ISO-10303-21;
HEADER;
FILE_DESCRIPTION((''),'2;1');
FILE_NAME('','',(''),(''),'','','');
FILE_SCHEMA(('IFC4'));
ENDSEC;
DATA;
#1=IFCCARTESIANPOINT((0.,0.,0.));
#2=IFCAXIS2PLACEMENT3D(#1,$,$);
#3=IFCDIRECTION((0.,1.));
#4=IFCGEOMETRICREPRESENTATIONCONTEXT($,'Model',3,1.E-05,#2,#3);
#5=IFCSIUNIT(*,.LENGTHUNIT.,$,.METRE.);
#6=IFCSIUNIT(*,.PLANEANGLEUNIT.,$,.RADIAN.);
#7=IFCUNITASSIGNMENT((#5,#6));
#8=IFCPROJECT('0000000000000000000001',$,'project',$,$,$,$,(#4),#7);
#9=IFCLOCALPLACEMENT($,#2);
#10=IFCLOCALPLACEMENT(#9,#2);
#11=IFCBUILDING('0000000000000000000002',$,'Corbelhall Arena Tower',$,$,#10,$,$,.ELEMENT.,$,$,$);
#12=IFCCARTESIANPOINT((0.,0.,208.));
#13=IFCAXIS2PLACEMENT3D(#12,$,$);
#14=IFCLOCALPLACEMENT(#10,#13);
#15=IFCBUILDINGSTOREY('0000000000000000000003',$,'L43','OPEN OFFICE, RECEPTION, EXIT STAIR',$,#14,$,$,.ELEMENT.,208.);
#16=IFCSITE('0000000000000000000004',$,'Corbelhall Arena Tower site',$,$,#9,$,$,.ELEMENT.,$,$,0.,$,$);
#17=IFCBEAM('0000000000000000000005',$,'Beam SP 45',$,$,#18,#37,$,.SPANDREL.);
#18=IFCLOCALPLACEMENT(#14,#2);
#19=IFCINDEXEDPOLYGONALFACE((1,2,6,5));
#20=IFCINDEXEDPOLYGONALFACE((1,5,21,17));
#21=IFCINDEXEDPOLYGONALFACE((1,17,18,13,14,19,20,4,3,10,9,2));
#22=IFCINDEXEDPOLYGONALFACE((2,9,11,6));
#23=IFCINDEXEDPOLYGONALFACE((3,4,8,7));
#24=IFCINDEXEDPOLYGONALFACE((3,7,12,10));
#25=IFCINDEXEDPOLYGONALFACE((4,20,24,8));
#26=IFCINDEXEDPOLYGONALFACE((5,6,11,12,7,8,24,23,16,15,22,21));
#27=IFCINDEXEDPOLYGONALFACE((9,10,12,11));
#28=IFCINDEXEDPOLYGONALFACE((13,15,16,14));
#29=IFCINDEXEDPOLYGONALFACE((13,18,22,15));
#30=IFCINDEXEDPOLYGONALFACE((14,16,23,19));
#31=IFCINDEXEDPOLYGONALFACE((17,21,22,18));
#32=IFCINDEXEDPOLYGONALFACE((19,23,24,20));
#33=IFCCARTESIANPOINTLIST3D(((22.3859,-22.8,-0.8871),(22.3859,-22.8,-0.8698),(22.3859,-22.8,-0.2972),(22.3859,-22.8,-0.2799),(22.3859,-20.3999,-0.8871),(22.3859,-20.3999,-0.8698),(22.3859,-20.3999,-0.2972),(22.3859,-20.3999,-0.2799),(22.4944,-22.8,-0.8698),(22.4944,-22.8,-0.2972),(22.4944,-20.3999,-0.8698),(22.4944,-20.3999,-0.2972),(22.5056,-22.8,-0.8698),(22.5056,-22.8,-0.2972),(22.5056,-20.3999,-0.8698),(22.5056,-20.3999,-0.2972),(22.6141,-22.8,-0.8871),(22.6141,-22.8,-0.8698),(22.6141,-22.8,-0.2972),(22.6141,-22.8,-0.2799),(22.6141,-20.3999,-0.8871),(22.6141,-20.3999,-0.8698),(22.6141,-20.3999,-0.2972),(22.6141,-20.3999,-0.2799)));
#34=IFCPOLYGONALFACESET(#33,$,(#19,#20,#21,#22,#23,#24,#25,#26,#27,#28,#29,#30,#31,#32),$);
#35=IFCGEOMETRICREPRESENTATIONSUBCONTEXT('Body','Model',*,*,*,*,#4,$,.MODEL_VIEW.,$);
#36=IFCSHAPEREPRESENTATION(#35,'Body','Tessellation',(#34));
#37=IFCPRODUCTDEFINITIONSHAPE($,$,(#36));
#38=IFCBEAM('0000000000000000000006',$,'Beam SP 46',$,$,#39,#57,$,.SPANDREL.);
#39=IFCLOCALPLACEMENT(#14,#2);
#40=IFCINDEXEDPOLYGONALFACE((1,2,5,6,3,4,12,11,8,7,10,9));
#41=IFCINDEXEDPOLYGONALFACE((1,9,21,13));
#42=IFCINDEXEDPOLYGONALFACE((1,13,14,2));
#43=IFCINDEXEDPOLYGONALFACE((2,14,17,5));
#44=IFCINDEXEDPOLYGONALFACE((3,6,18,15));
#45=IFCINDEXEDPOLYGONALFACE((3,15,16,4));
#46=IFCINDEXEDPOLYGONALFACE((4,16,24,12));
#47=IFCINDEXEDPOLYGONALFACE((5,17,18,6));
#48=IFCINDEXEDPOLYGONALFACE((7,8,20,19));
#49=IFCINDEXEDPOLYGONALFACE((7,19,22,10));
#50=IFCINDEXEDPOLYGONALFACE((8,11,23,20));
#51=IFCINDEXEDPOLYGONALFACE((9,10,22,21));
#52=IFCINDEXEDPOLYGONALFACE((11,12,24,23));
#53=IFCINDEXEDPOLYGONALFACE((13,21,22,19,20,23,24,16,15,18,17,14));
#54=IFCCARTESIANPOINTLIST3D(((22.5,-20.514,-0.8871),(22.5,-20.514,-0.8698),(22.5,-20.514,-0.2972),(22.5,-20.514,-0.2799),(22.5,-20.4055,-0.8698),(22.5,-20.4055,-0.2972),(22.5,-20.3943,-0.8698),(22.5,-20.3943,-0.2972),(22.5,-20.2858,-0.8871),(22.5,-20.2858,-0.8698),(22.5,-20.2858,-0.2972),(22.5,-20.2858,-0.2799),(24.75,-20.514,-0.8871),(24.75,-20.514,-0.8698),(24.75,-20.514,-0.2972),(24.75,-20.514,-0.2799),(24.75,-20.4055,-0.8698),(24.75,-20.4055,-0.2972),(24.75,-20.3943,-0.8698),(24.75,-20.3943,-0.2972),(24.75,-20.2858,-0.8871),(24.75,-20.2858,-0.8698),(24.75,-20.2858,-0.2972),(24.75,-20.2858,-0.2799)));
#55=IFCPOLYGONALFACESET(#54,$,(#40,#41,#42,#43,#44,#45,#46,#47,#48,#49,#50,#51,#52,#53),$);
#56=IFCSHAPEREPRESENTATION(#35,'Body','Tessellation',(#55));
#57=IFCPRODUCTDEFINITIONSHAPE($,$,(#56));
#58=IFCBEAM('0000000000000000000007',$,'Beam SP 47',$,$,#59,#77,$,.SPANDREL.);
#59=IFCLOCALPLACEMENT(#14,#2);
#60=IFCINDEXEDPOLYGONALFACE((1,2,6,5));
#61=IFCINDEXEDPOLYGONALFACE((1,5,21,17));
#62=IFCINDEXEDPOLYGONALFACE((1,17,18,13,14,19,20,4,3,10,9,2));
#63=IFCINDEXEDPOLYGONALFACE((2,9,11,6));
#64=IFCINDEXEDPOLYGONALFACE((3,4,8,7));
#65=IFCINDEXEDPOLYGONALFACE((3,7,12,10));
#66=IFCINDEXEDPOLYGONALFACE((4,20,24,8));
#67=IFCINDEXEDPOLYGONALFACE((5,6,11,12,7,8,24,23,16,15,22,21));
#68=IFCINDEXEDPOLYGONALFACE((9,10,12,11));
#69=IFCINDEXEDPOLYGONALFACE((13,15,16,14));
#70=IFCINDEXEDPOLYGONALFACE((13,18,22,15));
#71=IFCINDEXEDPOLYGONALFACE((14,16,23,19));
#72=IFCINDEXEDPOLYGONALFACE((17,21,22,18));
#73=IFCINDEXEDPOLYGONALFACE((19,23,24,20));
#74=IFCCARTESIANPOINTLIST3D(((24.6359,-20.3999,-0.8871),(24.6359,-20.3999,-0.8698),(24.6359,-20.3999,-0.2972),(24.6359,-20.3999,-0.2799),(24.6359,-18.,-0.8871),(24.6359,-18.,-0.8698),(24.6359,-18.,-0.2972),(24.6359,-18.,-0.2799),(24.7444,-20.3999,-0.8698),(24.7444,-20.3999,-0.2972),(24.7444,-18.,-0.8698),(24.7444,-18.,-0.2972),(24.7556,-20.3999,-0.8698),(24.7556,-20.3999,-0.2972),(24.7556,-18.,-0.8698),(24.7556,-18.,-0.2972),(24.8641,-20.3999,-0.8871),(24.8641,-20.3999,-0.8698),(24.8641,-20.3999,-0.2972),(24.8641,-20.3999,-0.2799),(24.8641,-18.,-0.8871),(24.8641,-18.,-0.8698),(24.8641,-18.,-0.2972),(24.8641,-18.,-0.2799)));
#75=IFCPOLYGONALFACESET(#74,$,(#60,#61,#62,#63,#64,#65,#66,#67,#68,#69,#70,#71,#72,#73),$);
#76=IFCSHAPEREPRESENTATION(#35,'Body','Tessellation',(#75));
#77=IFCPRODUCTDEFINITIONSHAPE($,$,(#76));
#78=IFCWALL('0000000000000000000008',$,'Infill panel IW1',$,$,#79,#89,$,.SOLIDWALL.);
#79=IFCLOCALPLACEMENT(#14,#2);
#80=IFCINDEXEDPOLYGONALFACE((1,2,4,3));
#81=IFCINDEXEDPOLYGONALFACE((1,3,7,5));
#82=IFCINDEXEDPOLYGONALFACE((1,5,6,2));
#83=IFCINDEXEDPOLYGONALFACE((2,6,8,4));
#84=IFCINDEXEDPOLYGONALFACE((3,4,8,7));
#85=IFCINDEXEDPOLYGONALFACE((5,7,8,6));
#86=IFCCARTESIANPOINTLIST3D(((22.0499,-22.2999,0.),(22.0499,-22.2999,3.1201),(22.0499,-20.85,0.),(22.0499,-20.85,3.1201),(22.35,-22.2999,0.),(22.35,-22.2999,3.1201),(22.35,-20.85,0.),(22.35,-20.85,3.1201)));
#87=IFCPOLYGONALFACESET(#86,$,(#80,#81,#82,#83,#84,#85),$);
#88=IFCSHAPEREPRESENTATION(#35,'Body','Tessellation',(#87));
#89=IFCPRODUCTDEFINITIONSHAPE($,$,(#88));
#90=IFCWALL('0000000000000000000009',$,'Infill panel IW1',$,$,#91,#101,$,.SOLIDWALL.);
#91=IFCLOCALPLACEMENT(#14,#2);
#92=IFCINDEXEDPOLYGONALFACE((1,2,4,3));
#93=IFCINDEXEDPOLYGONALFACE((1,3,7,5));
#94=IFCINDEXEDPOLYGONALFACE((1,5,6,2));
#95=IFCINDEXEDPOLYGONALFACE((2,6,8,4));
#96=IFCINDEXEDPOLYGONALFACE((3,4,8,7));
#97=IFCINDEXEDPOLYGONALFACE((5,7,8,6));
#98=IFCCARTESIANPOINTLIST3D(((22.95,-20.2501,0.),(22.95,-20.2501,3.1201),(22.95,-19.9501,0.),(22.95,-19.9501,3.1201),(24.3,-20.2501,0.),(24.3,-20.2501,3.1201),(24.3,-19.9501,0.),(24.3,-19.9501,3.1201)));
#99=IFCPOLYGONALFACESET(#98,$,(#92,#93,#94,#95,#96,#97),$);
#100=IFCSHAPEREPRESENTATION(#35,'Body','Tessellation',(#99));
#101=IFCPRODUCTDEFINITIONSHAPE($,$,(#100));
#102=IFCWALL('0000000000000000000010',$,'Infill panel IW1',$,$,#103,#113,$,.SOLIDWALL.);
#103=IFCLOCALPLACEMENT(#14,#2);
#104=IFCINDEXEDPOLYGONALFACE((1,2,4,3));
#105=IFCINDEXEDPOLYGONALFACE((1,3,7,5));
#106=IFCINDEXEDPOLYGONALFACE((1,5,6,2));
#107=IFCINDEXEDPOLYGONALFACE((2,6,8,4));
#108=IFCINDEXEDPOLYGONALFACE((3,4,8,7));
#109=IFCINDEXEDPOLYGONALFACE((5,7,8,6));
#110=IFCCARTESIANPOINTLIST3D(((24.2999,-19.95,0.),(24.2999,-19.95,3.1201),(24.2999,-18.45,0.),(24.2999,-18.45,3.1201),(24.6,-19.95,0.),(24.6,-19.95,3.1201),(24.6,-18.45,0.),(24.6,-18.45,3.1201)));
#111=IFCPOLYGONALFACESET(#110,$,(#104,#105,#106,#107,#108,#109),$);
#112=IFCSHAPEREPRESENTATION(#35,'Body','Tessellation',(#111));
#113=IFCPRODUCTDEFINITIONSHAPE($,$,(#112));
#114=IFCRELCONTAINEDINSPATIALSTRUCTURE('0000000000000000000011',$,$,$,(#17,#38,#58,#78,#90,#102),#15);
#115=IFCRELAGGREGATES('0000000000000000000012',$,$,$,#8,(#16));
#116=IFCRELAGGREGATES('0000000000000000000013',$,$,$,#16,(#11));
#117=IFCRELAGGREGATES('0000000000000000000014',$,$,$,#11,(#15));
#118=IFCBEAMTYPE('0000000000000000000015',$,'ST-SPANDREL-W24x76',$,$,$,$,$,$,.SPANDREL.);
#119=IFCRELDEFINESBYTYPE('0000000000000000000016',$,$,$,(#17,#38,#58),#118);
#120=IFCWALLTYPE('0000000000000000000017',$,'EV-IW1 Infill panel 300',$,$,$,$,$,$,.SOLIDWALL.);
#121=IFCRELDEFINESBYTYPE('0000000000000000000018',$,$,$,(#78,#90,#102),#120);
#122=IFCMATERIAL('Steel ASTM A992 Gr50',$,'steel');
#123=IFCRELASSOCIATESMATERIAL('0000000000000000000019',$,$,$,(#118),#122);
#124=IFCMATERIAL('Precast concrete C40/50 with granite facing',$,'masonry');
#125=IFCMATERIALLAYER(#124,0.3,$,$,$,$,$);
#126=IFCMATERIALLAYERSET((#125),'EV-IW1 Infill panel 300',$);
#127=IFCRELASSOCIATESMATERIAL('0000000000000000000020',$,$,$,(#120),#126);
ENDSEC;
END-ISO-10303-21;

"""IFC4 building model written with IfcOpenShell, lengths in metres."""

from ifc_helpers import new_model, si_unit, direction, frame, frame_2d, origin, origin_2d, place, context, subcontext, project, spatial, rectangle, i_section, extrude, material, layer, layer_set, material_profile, profile_set, type_object, element, save


model = new_model("IFC4")

# Units and contexts
model_context = context("Model", 3, precision=1e-05, world=origin(), true_north=direction((0.0, 1.0)))
body_context = subcontext(model_context, "Body", "Model", "MODEL_VIEW")
ifc_project = project(units=[si_unit("LENGTHUNIT", "METRE"), si_unit("PLANEANGLEUNIT", "RADIAN")], contexts=[model_context])

# Site, building, storey
site_placement = place(None, origin())
site = spatial("IfcSite", under=ifc_project, at=site_placement, Name="Corbelhall Arena Tower site", CompositionType="ELEMENT", RefElevation=0.0)
building_placement = place(site_placement, origin())
building = spatial("IfcBuilding", under=site, at=building_placement, Name="Corbelhall Arena Tower", CompositionType="ELEMENT")
storey_placement = place(building_placement, frame((0.0, 0.0, 208.0)))
storey = spatial("IfcBuildingStorey", under=building, at=storey_placement, Name="L43", Description="OPEN OFFICE, RECEPTION, EXIT STAIR", CompositionType="ELEMENT", Elevation=208.0)

# Beams
ifc_material_1 = material(Name="Steel ASTM A992 Gr50", Category="steel")
ifc_material_profile_1 = material_profile(ifc_material_1, i_section(OverallWidth=0.2283, OverallDepth=0.6072, WebThickness=0.0112, FlangeThickness=0.0173, at=origin_2d()))
ifc_profile_set_1 = profile_set([ifc_material_profile_1], Name="Steel ASTM A992 Gr50")
beam_type = type_object("IfcBeamType", Name="ST-SPANDREL-W24x76", PredefinedType="SPANDREL", material=ifc_profile_set_1)
beam_1_placement = place(storey_placement, frame((22.5, -20.3999, -0.5835), z_axis=(0.0, -1.0, 0.0), x_axis=(1.0, 0.0, 0.0)))
element("IfcBeam", 1, at=beam_1_placement, inside=storey, type_object=beam_type, Name="Beam SP 45", PredefinedType="SPANDREL", context=body_context, shape_type="SweptSolid", body=[
    extrude(i_section(OverallWidth=0.2283, OverallDepth=0.6072, WebThickness=0.0112, FlangeThickness=0.0173, at=origin_2d()), origin(), (0.0, 0.0, 1.0), 2.4001),
])
beam_2_placement = place(storey_placement, frame((24.75, -20.3999, -0.5835), z_axis=(-1.0, 0.0, 0.0), x_axis=(0.0, -1.0, 0.0)))
element("IfcBeam", 2, at=beam_2_placement, inside=storey, type_object=beam_type, Name="Beam SP 46", PredefinedType="SPANDREL", context=body_context, shape_type="SweptSolid", body=[
    extrude(i_section(OverallWidth=0.2283, OverallDepth=0.6072, WebThickness=0.0112, FlangeThickness=0.0173, at=origin_2d()), origin(), (0.0, 0.0, 1.0), 2.25),
])
beam_3_placement = place(storey_placement, frame((24.75, -18.0, -0.5835), z_axis=(0.0, -1.0, 0.0), x_axis=(1.0, 0.0, 0.0)))
element("IfcBeam", 3, at=beam_3_placement, inside=storey, type_object=beam_type, Name="Beam SP 47", PredefinedType="SPANDREL", context=body_context, shape_type="SweptSolid", body=[
    extrude(i_section(OverallWidth=0.2283, OverallDepth=0.6072, WebThickness=0.0112, FlangeThickness=0.0173, at=origin_2d()), origin(), (0.0, 0.0, 1.0), 2.3999),
])

# Shared definitions
ifc_material_2 = material(Name="Precast concrete C40/50 with granite facing", Category="masonry")
ifc_layer_1 = layer(ifc_material_2, 0.3)
ifc_layer_set_1 = layer_set([ifc_layer_1], Name="EV-IW1 Infill panel 300")
wall_type_1 = type_object("IfcWallType", Name="EV-IW1 Infill panel 300", PredefinedType="SOLIDWALL", material=ifc_layer_set_1)

# Walls
wall_1_placement = place(storey_placement, frame((22.2, -22.3, 0.0), z_axis=(0.0, 0.0, 1.0), x_axis=(0.0, 1.0, 0.0)))
element("IfcWall", 4, at=wall_1_placement, inside=storey, type_object=wall_type_1, Name="Infill panel IW1", PredefinedType="SOLIDWALL", context=body_context, shape_type="SweptSolid", body=[
    extrude(rectangle(XDim=1.45, YDim=0.3, at=frame_2d((0.7251, 0.0))), origin(), (0.0, 0.0, 1.0), 3.1201),
])
wall_2_placement = place(storey_placement, frame((22.95, -20.1001, 0.0), z_axis=(0.0, 0.0, 1.0), x_axis=(1.0, 0.0, 0.0)))
element("IfcWall", 5, at=wall_2_placement, inside=storey, type_object=wall_type_1, Name="Infill panel IW1", PredefinedType="SOLIDWALL", context=body_context, shape_type="SweptSolid", body=[
    extrude(rectangle(XDim=1.3501, YDim=0.3, at=frame_2d((0.675, 0.0))), origin(), (0.0, 0.0, 1.0), 3.1201),
])
wall_3_placement = place(storey_placement, frame((24.45, -19.95, 0.0), z_axis=(0.0, 0.0, 1.0), x_axis=(0.0, 1.0, 0.0)))
element("IfcWall", 6, at=wall_3_placement, inside=storey, type_object=wall_type_1, Name="Infill panel IW1", PredefinedType="SOLIDWALL", context=body_context, shape_type="SweptSolid", body=[
    extrude(rectangle(XDim=1.5, YDim=0.3, at=frame_2d((0.75, 0.0))), origin(), (0.0, 0.0, 1.0), 3.1201),
])

save(model, "model.ifc")
